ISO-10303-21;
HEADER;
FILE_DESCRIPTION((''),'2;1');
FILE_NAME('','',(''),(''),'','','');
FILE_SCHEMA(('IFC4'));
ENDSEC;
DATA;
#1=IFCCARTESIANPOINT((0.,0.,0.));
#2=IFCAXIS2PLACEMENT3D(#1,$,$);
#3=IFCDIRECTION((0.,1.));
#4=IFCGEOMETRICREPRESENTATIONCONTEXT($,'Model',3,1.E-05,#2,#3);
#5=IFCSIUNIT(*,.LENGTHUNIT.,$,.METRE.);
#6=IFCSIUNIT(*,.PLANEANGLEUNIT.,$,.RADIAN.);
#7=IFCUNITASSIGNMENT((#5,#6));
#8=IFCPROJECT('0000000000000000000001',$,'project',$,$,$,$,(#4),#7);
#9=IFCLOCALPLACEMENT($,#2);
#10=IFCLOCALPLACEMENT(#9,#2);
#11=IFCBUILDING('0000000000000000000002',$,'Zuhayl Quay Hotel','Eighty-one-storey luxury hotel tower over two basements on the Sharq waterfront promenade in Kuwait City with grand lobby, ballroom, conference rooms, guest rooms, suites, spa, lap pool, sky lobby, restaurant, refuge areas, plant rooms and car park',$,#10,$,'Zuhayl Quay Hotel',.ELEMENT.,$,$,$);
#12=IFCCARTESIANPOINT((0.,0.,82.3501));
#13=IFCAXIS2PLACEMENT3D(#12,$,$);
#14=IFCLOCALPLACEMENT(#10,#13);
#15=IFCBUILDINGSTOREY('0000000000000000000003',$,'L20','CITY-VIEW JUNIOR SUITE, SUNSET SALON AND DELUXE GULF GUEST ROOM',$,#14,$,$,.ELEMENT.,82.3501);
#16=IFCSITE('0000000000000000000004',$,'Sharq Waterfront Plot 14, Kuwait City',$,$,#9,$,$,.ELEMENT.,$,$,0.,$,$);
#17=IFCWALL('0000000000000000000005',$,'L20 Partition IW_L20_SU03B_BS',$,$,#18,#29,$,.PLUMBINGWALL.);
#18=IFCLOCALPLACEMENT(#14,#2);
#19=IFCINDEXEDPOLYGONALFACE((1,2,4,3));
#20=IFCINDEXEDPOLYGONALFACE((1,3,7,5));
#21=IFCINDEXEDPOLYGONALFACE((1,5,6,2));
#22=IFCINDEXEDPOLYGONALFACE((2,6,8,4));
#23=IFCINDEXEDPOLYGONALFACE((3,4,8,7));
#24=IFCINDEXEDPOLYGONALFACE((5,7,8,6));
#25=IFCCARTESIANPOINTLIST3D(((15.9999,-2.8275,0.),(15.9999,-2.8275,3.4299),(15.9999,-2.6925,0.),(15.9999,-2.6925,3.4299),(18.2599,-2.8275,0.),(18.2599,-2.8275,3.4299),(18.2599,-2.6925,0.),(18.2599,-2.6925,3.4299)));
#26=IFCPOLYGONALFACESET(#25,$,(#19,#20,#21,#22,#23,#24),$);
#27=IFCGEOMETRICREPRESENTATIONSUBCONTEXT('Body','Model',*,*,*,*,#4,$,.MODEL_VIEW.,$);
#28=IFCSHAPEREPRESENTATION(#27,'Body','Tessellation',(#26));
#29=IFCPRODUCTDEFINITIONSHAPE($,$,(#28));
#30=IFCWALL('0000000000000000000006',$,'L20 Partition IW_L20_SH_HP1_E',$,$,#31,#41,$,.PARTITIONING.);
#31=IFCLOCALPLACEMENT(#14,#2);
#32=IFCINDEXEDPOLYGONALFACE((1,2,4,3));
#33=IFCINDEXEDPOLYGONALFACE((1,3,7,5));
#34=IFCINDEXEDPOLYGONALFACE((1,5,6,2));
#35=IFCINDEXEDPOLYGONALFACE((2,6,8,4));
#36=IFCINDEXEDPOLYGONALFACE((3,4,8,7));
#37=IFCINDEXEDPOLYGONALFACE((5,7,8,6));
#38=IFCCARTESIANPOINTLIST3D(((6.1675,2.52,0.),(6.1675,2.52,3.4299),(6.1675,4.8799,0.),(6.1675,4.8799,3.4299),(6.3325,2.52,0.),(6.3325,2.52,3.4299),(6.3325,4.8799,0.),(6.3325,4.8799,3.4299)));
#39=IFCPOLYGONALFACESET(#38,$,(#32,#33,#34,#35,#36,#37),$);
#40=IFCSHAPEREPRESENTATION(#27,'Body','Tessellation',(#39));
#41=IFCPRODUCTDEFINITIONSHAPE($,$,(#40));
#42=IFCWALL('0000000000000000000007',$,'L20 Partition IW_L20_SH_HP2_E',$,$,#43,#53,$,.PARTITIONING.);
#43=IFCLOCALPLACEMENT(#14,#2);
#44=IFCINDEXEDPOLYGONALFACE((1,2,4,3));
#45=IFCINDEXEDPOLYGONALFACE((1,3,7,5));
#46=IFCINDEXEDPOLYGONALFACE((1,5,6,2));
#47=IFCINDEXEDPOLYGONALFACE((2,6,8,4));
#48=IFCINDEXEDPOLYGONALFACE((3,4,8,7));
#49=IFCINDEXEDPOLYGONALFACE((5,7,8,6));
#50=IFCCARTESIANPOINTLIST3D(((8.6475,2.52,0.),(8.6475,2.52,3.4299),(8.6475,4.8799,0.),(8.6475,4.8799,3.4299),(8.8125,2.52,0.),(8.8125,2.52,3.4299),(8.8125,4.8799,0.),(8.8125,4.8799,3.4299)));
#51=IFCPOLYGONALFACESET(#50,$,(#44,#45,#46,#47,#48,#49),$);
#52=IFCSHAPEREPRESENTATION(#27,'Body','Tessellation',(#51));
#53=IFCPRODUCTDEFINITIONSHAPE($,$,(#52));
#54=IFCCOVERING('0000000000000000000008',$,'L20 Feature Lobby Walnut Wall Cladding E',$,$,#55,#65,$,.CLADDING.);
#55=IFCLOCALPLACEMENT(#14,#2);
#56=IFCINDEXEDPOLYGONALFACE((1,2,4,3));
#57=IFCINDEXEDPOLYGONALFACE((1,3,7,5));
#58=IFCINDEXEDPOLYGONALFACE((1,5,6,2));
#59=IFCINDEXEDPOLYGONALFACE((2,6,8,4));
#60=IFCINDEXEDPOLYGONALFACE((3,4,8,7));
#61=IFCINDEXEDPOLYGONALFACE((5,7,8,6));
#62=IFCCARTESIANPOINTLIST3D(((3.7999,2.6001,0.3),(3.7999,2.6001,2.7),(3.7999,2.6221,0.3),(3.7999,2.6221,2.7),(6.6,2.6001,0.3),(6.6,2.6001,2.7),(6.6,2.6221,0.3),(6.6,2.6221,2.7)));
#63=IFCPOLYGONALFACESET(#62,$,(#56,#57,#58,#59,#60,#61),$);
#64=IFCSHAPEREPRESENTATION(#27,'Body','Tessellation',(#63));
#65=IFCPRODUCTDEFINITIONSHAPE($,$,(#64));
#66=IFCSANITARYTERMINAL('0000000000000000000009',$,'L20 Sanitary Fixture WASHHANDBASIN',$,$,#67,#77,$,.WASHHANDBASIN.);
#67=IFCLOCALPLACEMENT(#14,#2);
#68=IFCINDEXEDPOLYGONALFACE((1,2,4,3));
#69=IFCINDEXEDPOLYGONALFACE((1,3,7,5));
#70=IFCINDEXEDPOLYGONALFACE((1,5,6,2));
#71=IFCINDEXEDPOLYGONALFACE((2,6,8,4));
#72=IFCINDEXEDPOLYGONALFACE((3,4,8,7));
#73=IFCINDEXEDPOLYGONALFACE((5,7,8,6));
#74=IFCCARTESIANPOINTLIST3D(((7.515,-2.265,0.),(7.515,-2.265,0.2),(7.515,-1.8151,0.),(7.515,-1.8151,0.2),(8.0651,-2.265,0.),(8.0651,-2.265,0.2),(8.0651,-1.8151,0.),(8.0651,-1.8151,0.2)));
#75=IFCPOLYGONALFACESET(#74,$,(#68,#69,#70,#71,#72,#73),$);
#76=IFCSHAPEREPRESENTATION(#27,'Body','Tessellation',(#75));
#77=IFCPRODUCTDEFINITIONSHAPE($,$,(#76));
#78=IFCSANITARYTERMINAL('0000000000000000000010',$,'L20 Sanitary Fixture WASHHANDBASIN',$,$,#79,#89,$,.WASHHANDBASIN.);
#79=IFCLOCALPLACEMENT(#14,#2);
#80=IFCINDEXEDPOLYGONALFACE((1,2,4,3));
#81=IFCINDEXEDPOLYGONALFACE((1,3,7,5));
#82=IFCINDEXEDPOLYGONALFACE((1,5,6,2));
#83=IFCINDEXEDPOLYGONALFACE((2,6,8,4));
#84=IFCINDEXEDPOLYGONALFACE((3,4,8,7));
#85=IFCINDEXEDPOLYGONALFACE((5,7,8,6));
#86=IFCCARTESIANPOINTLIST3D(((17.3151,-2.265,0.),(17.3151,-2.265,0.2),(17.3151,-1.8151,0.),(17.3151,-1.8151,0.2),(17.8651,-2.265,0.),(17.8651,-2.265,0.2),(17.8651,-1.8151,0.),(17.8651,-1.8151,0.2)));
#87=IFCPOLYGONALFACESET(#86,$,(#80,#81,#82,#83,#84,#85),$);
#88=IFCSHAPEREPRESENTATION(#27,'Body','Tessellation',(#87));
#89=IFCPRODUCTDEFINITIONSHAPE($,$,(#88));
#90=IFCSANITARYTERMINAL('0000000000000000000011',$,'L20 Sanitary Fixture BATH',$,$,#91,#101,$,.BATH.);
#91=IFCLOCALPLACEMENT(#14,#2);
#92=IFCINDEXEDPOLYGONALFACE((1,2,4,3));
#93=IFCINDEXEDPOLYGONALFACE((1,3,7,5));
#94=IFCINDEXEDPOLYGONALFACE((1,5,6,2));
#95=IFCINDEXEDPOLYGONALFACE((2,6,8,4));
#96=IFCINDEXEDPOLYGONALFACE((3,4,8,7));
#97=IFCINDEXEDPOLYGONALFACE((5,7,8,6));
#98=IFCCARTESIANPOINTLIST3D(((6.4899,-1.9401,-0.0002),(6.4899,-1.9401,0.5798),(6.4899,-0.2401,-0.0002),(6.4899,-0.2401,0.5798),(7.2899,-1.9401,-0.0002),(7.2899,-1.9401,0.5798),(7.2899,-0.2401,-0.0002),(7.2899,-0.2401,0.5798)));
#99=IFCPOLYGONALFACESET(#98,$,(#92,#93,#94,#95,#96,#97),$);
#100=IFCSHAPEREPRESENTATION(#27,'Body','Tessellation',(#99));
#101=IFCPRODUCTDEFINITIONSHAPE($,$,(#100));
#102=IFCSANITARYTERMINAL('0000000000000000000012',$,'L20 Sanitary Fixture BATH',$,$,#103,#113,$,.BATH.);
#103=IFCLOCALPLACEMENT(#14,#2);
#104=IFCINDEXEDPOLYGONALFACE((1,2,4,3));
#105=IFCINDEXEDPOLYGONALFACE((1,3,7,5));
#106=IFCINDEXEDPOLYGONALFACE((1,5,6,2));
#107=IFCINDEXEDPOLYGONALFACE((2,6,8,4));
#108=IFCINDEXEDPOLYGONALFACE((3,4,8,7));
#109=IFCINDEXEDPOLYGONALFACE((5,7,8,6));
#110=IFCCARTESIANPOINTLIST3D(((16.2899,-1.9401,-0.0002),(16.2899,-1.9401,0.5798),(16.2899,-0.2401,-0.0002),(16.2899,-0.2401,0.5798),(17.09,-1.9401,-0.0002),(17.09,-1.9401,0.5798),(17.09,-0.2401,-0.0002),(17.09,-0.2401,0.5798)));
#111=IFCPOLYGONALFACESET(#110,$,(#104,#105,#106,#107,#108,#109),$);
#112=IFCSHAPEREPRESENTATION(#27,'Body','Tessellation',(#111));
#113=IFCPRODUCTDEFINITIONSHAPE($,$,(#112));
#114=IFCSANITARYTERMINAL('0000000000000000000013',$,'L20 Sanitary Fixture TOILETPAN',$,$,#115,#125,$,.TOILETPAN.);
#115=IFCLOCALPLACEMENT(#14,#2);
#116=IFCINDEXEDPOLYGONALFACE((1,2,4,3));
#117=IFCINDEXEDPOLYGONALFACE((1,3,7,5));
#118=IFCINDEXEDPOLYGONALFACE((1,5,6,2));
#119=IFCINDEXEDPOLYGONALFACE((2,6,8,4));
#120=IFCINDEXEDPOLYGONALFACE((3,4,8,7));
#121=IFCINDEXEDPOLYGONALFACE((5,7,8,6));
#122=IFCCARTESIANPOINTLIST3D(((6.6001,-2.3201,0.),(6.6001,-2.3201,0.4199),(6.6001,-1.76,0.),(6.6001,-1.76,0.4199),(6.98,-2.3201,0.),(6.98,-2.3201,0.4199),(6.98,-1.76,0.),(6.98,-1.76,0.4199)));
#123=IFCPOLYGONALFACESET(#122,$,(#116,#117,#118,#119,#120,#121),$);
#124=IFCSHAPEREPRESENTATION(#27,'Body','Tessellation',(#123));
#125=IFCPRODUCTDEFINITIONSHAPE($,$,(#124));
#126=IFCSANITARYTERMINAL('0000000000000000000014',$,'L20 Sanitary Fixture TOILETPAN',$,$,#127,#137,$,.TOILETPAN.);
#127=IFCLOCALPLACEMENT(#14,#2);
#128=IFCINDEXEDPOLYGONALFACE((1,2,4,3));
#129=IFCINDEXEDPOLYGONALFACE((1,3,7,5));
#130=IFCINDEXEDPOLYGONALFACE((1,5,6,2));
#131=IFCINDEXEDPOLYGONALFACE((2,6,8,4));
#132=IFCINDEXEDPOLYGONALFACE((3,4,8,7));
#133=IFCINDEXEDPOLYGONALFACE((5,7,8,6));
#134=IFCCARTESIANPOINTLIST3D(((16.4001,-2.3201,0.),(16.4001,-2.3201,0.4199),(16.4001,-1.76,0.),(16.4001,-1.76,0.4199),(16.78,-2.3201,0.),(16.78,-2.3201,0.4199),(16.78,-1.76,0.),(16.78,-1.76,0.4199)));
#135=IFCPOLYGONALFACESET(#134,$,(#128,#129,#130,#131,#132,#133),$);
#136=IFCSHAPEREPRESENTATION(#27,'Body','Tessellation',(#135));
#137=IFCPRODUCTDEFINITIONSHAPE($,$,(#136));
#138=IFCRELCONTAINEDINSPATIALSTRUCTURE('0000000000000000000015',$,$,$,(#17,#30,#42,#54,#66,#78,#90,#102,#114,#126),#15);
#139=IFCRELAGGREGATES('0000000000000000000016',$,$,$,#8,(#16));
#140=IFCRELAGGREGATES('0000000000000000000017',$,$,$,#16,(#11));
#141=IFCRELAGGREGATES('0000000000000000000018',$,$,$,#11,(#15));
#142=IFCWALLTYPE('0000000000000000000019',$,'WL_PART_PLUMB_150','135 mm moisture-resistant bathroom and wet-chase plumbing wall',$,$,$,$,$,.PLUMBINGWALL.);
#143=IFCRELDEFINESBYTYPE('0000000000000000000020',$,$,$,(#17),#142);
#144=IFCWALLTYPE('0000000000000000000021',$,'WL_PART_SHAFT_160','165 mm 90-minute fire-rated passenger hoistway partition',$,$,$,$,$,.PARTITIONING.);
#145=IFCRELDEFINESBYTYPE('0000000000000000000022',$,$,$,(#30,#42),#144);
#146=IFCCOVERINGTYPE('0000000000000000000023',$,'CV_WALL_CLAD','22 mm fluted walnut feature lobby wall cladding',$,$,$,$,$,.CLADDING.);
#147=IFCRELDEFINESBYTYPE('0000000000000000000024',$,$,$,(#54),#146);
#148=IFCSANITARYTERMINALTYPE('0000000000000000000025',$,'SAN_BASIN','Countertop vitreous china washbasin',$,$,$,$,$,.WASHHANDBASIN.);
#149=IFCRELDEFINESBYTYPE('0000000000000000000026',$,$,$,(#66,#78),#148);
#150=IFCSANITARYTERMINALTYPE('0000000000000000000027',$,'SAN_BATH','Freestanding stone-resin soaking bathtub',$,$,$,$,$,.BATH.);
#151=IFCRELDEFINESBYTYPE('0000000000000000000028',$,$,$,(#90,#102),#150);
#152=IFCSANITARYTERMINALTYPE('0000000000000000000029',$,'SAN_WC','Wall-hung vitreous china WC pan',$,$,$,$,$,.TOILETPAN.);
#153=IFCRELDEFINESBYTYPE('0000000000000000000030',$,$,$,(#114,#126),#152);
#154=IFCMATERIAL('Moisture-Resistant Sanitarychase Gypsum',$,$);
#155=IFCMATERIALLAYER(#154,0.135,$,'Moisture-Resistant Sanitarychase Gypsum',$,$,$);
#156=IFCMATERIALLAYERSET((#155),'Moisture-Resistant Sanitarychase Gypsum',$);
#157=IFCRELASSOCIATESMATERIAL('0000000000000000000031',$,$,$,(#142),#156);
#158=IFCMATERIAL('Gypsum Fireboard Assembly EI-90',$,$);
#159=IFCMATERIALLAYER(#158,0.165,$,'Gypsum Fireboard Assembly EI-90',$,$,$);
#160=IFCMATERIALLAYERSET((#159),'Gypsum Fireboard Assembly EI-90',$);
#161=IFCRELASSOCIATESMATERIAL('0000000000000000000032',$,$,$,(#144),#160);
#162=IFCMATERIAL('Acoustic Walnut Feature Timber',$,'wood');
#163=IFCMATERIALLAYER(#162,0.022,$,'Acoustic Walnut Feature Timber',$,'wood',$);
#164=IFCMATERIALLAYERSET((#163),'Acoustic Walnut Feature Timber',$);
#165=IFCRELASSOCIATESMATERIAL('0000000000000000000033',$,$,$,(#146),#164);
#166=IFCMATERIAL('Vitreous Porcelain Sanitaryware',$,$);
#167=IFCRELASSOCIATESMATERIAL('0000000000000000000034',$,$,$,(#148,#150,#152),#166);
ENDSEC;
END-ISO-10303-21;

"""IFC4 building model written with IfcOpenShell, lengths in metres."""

from ifc_helpers import new_model, si_unit, direction, frame, frame_2d, origin, origin_2d, place, context, subcontext, project, spatial, rectangle, extrude, material, layer, layer_set, type_object, element, save


model = new_model("IFC4")

# Units and contexts
model_context = context("Model", 3, precision=1e-05, world=origin(), true_north=direction((0.0, 1.0)))
body_context = subcontext(model_context, "Body", "Model", "MODEL_VIEW")
ifc_project = project(units=[si_unit("LENGTHUNIT", "METRE"), si_unit("PLANEANGLEUNIT", "RADIAN")], contexts=[model_context])

# Site, building, storey
site_placement = place(None, origin())
site = spatial("IfcSite", under=ifc_project, at=site_placement, Name="Sharq Waterfront Plot 14, Kuwait City", CompositionType="ELEMENT", RefElevation=0.0)
building_placement = place(site_placement, origin())
building = spatial("IfcBuilding", under=site, at=building_placement, Name="Zuhayl Quay Hotel", Description="Eighty-one-storey luxury hotel tower over two basements on the Sharq waterfront promenade in Kuwait City with grand lobby, ballroom, conference rooms, guest rooms, suites, spa, lap pool, sky lobby, restaurant, refuge areas, plant rooms and car park", LongName="Zuhayl Quay Hotel", CompositionType="ELEMENT")
storey_placement = place(building_placement, frame((0.0, 0.0, 82.3501)))
storey = spatial("IfcBuildingStorey", under=building, at=storey_placement, Name="L20", Description="CITY-VIEW JUNIOR SUITE, SUNSET SALON AND DELUXE GULF GUEST ROOM", CompositionType="ELEMENT", Elevation=82.3501)

# Shared definitions
ifc_material_1 = material(Name="Moisture-Resistant Sanitarychase Gypsum")
ifc_layer_1 = layer(ifc_material_1, 0.135, Name="Moisture-Resistant Sanitarychase Gypsum")
ifc_layer_set_1 = layer_set([ifc_layer_1], Name="Moisture-Resistant Sanitarychase Gypsum")
wall_type_1 = type_object("IfcWallType", Name="WL_PART_PLUMB_150", Description="135 mm moisture-resistant bathroom and wet-chase plumbing wall", PredefinedType="PLUMBINGWALL", material=ifc_layer_set_1)

# Walls
for number, where, z_axis, x_axis, name in (
    (1, (16.0, -2.76, 0.0), (0.0, 0.0, 1.0), (1.0, 0.0, 0.0), "L20 Partition IW_L20_SU03B_BS"),
):
    element("IfcWall", number, at=place(storey_placement, frame(where, z_axis=z_axis, x_axis=x_axis)), inside=storey, type_object=wall_type_1, Name=name, PredefinedType="PLUMBINGWALL", context=body_context, shape_type="SweptSolid", body=[
        extrude(rectangle(XDim=2.26, YDim=0.135, at=frame_2d((1.1299, 0.0))), origin(), (0.0, 0.0, 1.0), 3.4299),
    ])
ifc_material_2 = material(Name="Gypsum Fireboard Assembly EI-90")
ifc_layer_2 = layer(ifc_material_2, 0.165, Name="Gypsum Fireboard Assembly EI-90")
ifc_layer_set_2 = layer_set([ifc_layer_2], Name="Gypsum Fireboard Assembly EI-90")
wall_type_2 = type_object("IfcWallType", Name="WL_PART_SHAFT_160", Description="165 mm 90-minute fire-rated passenger hoistway partition", PredefinedType="PARTITIONING", material=ifc_layer_set_2)
for number, where, z_axis, x_axis, name in (
    (2, (6.25, 2.52, 0.0), (0.0, 0.0, 1.0), (0.0, 1.0, 0.0), "L20 Partition IW_L20_SH_HP1_E"),
    (3, (8.73, 2.52, 0.0), (0.0, 0.0, 1.0), (0.0, 1.0, 0.0), "L20 Partition IW_L20_SH_HP2_E"),
):
    element("IfcWall", number, at=place(storey_placement, frame(where, z_axis=z_axis, x_axis=x_axis)), inside=storey, type_object=wall_type_2, Name=name, PredefinedType="PARTITIONING", context=body_context, shape_type="SweptSolid", body=[
        extrude(rectangle(XDim=2.3599, YDim=0.165, at=frame_2d((1.1799, 0.0))), origin(), (0.0, 0.0, 1.0), 3.4299),
    ])

# Covering
ifc_material_3 = material(Name="Acoustic Walnut Feature Timber", Category="wood")
ifc_layer_3 = layer(ifc_material_3, 0.022, Name="Acoustic Walnut Feature Timber", Category="wood")
ifc_layer_set_3 = layer_set([ifc_layer_3], Name="Acoustic Walnut Feature Timber")
covering_type = type_object("IfcCoveringType", Name="CV_WALL_CLAD", Description="22 mm fluted walnut feature lobby wall cladding", PredefinedType="CLADDING", material=ifc_layer_set_3)
covering_placement = place(storey_placement, frame((5.2, 2.6111, 0.3), z_axis=(0.0, 0.0, 1.0), x_axis=(1.0, 0.0, 0.0)))
element("IfcCovering", 4, at=covering_placement, inside=storey, type_object=covering_type, Name="L20 Feature Lobby Walnut Wall Cladding E", PredefinedType="CLADDING", context=body_context, shape_type="SweptSolid", body=[
    extrude(rectangle(XDim=2.8, YDim=0.022, at=origin_2d()), origin(), (0.0, 0.0, 1.0), 2.3999),
])

# Sanitary terminals
ifc_material_4 = material(Name="Vitreous Porcelain Sanitaryware")
sanitary_terminal_type_1 = type_object("IfcSanitaryTerminalType", Name="SAN_BASIN", Description="Countertop vitreous china washbasin", PredefinedType="WASHHANDBASIN", material=ifc_material_4)
for number, where, z_axis, x_axis, name in (
    (5, (7.79, -2.04, 0.0), (0.0, 0.0, 1.0), (1.0, 0.0, 0.0), "L20 Sanitary Fixture WASHHANDBASIN"),
    (6, (17.5901, -2.04, 0.0), (0.0, 0.0, 1.0), (1.0, 0.0, 0.0), "L20 Sanitary Fixture WASHHANDBASIN"),
):
    element("IfcSanitaryTerminal", number, at=place(storey_placement, frame(where, z_axis=z_axis, x_axis=x_axis)), inside=storey, type_object=sanitary_terminal_type_1, Name=name, PredefinedType="WASHHANDBASIN", context=body_context, shape_type="SweptSolid", body=[
        extrude(rectangle(XDim=0.55, YDim=0.45, at=origin_2d()), origin(), (0.0, 0.0, 1.0), 0.2),
    ])
sanitary_terminal_type_2 = type_object("IfcSanitaryTerminalType", Name="SAN_BATH", Description="Freestanding stone-resin soaking bathtub", PredefinedType="BATH", material=ifc_material_4)
for number, where, z_axis, x_axis, name in (
    (7, (6.8899, -1.0901, -0.0002), (0.0, 0.0, 1.0), (1.0, 0.0, 0.0), "L20 Sanitary Fixture BATH"),
    (8, (16.6899, -1.0901, -0.0002), (0.0, 0.0, 1.0), (1.0, 0.0, 0.0), "L20 Sanitary Fixture BATH"),
):
    element("IfcSanitaryTerminal", number, at=place(storey_placement, frame(where, z_axis=z_axis, x_axis=x_axis)), inside=storey, type_object=sanitary_terminal_type_2, Name=name, PredefinedType="BATH", context=body_context, shape_type="SweptSolid", body=[
        extrude(rectangle(XDim=0.8, YDim=1.7, at=origin_2d()), origin(), (0.0, 0.0, 1.0), 0.5801),
    ])
sanitary_terminal_type_3 = type_object("IfcSanitaryTerminalType", Name="SAN_WC", Description="Wall-hung vitreous china WC pan", PredefinedType="TOILETPAN", material=ifc_material_4)
for number, where, z_axis, x_axis, name in (
    (9, (6.79, -2.04, 0.0), (0.0, 0.0, 1.0), (1.0, 0.0, 0.0), "L20 Sanitary Fixture TOILETPAN"),
    (10, (16.5901, -2.04, 0.0), (0.0, 0.0, 1.0), (1.0, 0.0, 0.0), "L20 Sanitary Fixture TOILETPAN"),
):
    element("IfcSanitaryTerminal", number, at=place(storey_placement, frame(where, z_axis=z_axis, x_axis=x_axis)), inside=storey, type_object=sanitary_terminal_type_3, Name=name, PredefinedType="TOILETPAN", context=body_context, shape_type="SweptSolid", body=[
        extrude(rectangle(XDim=0.3799, YDim=0.5601, at=origin_2d()), origin(), (0.0, 0.0, 1.0), 0.4199),
    ])

save(model, "model.ifc")
